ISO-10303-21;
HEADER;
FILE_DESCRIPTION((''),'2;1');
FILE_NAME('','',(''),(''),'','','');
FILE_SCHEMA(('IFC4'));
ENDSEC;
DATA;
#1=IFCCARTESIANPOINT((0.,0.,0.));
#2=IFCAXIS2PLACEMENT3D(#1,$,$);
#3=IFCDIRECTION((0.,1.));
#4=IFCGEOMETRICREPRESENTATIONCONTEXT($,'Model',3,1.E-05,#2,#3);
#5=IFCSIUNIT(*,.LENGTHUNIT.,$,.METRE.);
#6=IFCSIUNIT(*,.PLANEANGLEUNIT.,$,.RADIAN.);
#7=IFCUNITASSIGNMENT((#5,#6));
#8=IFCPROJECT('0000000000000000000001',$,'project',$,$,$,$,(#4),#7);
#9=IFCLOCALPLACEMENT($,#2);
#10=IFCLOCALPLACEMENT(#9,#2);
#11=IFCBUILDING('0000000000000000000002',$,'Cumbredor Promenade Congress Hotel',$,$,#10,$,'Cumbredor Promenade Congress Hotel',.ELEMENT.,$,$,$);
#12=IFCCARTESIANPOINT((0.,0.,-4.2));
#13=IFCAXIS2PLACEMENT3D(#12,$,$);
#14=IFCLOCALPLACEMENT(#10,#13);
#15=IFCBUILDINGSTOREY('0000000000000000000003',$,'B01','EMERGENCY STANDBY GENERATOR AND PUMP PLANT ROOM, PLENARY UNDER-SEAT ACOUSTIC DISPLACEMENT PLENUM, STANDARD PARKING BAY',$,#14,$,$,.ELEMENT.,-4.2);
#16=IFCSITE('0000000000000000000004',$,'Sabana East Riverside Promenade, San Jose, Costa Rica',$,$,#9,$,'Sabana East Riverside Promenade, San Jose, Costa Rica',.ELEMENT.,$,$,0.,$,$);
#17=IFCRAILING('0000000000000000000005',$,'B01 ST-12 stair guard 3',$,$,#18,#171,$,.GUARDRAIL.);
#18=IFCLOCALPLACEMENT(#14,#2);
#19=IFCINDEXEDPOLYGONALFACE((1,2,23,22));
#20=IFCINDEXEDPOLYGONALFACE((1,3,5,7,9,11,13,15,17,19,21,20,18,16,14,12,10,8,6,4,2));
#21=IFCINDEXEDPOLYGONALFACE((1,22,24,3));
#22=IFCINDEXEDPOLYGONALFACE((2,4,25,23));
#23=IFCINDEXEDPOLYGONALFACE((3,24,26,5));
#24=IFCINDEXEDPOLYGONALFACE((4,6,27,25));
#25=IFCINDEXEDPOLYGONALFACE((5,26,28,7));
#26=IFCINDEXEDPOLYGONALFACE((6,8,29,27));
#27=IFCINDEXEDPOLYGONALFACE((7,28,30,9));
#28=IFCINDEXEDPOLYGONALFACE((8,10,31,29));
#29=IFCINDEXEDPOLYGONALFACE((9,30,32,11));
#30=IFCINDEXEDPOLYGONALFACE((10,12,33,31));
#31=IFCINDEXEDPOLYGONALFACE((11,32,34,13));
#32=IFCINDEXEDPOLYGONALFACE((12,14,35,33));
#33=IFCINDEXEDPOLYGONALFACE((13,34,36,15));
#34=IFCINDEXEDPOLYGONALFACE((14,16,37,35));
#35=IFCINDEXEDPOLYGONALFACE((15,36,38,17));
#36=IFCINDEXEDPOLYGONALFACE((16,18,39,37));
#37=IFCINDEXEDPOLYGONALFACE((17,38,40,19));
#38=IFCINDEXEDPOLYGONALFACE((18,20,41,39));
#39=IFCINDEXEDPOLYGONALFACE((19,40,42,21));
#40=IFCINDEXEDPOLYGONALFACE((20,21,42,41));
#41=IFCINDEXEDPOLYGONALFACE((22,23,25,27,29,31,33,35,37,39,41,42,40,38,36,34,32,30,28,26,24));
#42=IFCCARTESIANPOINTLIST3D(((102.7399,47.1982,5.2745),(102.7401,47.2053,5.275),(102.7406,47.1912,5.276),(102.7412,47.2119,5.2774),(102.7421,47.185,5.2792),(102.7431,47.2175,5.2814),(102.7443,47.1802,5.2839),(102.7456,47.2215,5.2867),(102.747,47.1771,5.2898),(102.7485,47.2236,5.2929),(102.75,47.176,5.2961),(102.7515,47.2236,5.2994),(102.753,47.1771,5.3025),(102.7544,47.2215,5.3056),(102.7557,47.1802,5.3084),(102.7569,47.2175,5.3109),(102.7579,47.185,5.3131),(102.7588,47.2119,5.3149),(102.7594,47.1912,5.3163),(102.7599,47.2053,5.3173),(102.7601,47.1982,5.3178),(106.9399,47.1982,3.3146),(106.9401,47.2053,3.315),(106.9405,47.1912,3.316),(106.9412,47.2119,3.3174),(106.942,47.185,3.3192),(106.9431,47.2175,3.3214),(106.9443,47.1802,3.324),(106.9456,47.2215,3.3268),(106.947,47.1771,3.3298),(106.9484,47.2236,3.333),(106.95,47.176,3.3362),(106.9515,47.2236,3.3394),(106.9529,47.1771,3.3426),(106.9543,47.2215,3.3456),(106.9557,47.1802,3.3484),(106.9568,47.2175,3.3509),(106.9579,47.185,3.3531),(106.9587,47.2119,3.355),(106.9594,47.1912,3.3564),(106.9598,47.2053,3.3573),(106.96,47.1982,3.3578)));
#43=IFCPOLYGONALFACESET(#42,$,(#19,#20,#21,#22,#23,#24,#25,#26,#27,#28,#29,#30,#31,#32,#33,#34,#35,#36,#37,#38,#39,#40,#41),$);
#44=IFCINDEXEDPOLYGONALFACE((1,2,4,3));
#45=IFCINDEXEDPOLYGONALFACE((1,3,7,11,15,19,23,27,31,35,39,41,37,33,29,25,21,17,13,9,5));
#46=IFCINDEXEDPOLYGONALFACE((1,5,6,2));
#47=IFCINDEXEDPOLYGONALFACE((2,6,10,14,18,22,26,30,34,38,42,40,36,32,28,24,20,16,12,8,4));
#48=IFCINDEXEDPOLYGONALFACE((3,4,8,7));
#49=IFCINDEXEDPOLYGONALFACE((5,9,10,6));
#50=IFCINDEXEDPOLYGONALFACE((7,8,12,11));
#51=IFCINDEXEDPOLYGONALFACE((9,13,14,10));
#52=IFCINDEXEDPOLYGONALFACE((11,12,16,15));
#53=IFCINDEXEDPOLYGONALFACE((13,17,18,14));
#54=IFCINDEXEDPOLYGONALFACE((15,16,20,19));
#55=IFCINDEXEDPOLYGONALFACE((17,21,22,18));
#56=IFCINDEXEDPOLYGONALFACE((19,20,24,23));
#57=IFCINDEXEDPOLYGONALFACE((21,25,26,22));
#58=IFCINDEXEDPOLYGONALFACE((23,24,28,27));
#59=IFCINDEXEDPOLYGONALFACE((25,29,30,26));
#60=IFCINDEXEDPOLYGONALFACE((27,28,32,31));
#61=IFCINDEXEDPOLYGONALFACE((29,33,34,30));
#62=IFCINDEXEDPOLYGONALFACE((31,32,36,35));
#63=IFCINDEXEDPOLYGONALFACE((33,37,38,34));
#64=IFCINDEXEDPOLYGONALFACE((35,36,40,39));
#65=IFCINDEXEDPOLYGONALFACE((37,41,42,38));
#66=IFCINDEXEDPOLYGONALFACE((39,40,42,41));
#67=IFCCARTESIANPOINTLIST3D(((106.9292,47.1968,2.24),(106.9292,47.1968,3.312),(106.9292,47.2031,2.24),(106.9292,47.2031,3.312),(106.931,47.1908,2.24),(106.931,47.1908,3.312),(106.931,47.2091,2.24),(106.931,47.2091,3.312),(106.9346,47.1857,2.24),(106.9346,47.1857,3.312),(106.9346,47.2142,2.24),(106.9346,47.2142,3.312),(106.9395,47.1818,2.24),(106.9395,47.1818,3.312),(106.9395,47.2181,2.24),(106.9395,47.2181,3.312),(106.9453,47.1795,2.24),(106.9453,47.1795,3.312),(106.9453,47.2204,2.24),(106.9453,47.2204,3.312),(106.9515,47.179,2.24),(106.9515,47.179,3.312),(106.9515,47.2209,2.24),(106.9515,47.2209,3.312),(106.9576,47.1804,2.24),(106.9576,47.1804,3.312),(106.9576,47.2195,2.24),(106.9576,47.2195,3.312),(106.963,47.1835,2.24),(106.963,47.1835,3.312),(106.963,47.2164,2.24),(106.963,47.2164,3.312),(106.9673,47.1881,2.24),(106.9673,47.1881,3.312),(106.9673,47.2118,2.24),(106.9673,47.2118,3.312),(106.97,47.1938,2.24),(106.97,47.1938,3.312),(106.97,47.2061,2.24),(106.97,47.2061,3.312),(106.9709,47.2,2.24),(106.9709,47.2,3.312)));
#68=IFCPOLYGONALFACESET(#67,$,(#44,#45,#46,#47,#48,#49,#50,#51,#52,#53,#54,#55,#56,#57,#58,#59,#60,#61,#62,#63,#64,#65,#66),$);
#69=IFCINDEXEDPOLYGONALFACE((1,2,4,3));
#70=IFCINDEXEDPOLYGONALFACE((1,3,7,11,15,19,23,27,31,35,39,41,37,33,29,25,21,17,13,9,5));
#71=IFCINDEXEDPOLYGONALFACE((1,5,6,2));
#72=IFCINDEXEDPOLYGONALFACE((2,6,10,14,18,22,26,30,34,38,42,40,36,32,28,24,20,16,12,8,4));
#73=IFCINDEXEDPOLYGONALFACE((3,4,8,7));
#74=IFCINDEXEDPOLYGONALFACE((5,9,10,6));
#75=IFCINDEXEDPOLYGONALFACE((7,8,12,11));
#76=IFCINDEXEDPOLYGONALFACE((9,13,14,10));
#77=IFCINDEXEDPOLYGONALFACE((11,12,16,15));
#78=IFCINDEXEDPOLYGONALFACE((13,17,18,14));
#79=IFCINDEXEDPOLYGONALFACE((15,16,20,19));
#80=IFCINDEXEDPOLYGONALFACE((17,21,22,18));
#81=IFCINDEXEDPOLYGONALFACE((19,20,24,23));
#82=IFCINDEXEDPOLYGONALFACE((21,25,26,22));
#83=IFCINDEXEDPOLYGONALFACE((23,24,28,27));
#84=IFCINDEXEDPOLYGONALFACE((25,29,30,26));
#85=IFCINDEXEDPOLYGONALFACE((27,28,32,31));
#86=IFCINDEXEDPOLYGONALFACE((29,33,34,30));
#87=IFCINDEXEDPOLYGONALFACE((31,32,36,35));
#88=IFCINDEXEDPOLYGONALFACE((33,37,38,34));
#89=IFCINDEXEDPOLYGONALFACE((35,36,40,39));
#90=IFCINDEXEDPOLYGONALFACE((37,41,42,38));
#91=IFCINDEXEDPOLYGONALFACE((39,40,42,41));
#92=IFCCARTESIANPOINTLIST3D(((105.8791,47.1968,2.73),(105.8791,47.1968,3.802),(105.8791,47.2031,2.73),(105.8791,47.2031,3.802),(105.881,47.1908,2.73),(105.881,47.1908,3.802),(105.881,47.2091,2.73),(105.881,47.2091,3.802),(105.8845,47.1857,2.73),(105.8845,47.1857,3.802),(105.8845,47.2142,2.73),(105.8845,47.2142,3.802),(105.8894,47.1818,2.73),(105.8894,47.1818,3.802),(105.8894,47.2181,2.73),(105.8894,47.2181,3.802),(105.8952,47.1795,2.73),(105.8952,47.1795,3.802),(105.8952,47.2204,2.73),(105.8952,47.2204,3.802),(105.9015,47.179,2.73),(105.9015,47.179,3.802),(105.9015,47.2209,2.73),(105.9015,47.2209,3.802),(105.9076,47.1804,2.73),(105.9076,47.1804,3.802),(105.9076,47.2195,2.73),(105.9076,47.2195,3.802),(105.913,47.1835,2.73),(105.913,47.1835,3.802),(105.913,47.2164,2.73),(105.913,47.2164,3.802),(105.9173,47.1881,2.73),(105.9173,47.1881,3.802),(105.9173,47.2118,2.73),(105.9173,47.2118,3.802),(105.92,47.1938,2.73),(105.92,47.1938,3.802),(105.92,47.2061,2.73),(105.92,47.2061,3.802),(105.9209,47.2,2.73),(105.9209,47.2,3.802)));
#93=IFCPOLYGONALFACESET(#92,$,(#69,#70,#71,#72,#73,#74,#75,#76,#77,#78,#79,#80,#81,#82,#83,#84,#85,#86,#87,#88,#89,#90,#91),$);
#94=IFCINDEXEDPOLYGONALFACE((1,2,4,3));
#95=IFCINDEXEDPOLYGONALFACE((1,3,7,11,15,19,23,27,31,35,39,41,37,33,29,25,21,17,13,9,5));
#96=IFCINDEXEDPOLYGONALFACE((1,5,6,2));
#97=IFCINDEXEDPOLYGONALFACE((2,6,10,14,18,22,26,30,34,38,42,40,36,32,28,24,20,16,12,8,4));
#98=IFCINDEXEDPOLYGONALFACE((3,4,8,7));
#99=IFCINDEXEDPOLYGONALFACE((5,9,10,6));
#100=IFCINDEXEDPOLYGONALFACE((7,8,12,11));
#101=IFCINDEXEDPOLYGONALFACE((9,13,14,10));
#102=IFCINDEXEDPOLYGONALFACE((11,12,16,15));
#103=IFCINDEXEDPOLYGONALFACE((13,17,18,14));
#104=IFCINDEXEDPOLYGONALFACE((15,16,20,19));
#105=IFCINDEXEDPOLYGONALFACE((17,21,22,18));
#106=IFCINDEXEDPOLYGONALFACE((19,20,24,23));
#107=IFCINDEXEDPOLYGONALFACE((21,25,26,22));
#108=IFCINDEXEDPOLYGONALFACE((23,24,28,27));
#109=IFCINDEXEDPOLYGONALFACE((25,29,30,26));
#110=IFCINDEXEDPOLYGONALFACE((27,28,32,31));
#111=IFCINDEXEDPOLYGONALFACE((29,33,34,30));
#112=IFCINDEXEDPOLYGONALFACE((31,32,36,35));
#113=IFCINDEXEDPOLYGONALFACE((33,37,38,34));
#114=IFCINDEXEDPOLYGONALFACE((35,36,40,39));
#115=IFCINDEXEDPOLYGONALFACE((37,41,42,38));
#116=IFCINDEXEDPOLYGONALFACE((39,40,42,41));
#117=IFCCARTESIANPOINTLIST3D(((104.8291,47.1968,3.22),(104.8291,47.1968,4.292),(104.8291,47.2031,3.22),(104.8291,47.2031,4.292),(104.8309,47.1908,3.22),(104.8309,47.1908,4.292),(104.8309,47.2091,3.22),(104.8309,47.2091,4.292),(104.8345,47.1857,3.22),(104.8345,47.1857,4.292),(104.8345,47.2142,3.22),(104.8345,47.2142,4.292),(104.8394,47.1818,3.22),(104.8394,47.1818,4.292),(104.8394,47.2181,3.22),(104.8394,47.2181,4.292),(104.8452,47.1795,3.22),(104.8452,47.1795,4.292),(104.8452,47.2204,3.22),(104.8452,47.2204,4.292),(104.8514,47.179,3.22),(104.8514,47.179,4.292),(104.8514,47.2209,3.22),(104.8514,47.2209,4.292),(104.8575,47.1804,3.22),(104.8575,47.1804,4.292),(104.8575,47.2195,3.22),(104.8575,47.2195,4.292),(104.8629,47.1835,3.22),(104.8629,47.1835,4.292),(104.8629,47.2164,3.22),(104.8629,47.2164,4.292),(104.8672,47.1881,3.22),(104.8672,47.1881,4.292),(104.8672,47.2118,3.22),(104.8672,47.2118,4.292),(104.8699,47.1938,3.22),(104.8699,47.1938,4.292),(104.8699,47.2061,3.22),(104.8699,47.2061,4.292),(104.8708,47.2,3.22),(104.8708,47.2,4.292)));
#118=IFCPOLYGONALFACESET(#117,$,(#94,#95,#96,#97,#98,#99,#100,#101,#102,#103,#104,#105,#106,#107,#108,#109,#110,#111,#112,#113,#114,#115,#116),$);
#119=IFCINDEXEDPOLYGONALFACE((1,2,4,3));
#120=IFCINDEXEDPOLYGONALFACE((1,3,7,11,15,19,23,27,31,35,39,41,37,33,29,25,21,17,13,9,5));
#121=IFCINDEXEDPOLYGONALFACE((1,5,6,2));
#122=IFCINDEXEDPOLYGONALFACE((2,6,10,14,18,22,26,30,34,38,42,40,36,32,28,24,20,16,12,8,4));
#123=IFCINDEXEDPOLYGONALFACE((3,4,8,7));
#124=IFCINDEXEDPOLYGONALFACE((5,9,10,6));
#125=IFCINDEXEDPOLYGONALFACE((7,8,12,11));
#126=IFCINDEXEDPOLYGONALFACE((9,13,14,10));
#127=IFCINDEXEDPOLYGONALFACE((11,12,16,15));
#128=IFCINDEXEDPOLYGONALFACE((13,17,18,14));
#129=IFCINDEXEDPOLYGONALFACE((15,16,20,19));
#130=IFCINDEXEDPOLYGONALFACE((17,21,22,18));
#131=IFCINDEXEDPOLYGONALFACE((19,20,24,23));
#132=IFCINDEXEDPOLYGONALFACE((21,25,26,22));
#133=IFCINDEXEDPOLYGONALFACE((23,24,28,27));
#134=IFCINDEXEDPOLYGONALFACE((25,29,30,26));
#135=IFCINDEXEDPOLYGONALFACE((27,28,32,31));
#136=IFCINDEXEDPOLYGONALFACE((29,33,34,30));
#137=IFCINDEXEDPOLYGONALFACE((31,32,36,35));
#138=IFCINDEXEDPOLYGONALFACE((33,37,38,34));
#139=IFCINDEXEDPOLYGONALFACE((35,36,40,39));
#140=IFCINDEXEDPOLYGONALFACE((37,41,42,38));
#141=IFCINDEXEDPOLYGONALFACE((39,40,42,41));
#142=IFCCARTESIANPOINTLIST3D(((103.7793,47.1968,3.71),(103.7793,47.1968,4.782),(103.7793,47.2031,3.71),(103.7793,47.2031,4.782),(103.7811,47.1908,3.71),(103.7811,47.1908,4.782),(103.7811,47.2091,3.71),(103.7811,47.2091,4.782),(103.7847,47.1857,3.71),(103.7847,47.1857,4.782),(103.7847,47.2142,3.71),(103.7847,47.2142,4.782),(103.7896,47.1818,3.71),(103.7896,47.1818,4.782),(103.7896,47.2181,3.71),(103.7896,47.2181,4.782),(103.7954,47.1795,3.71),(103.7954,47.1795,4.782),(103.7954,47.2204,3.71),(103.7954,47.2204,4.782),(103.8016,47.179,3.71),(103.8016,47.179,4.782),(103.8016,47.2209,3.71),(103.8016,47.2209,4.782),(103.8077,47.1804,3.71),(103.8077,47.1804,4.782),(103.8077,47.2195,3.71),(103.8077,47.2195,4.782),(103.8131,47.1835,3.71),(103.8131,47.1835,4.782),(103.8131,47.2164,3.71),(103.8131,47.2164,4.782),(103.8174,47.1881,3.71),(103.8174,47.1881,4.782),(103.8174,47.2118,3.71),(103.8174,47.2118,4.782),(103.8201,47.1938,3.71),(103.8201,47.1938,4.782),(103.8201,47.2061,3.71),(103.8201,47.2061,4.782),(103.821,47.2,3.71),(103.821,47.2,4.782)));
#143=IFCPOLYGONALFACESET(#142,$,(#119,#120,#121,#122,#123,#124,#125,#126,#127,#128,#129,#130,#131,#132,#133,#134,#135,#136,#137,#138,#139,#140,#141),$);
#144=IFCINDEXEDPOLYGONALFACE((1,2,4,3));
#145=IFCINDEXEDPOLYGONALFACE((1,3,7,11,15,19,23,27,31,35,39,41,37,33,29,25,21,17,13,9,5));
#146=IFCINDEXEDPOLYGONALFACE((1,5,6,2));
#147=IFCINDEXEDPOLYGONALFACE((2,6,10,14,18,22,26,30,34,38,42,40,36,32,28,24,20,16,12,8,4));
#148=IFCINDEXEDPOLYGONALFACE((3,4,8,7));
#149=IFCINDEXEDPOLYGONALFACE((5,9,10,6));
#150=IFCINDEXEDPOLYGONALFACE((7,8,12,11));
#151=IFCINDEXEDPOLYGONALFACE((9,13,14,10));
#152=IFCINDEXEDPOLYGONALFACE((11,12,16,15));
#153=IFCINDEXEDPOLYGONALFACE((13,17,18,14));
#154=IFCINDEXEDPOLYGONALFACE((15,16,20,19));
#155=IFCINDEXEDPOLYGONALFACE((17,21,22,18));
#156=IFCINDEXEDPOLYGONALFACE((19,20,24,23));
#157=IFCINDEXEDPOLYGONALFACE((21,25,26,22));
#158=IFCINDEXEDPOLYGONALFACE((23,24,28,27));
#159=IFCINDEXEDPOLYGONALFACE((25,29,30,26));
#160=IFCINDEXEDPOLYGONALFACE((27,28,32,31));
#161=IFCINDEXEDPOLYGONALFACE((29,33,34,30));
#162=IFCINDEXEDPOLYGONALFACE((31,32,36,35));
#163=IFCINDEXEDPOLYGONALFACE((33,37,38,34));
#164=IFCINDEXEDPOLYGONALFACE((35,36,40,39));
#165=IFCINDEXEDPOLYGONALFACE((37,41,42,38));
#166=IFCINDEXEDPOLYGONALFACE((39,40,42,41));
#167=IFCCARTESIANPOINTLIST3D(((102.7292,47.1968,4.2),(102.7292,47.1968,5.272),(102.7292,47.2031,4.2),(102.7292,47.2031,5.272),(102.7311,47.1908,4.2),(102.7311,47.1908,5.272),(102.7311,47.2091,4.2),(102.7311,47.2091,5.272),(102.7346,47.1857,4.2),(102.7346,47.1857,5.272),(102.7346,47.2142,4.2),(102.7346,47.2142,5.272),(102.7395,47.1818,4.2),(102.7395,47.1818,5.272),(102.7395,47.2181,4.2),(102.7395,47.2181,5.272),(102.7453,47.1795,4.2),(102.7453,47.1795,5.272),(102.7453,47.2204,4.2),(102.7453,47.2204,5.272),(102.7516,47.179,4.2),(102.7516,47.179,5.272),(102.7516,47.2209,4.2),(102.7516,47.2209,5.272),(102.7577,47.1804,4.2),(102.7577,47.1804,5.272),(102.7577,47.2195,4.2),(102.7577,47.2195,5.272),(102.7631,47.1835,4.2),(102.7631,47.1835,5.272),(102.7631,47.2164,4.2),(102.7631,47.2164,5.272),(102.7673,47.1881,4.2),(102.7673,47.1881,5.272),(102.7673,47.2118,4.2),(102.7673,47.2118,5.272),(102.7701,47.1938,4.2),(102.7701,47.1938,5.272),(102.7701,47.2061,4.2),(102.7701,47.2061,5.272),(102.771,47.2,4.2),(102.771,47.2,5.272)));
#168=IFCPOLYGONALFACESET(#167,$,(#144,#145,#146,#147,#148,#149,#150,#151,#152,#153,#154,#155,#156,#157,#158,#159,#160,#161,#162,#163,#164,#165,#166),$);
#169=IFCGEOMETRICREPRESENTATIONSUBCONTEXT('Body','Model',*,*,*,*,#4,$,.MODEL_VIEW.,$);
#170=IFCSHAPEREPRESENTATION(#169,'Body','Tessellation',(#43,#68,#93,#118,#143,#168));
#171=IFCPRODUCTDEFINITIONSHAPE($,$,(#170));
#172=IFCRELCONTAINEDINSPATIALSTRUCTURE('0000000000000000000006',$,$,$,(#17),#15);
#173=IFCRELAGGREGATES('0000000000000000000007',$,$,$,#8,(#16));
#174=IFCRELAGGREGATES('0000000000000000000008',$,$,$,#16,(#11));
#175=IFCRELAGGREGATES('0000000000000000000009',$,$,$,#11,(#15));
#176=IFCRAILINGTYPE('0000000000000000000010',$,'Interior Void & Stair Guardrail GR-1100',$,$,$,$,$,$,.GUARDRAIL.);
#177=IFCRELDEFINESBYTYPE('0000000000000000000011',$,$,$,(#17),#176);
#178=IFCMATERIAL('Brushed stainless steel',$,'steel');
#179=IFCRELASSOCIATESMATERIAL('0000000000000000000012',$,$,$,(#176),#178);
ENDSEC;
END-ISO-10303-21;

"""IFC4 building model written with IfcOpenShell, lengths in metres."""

from ifc_helpers import new_model, si_unit, direction, frame, origin, origin_2d, place, context, subcontext, project, spatial, circle, extrude, material, type_object, element, save


model = new_model("IFC4")

# Units and contexts
model_context = context("Model", 3, precision=1e-05, world=origin(), true_north=direction((0.0, 1.0)))
body_context = subcontext(model_context, "Body", "Model", "MODEL_VIEW")
ifc_project = project(units=[si_unit("LENGTHUNIT", "METRE"), si_unit("PLANEANGLEUNIT", "RADIAN")], contexts=[model_context])

# Site, building, storey
site_placement = place(None, origin())
site = spatial("IfcSite", under=ifc_project, at=site_placement, Name="Sabana East Riverside Promenade, San Jose, Costa Rica", LongName="Sabana East Riverside Promenade, San Jose, Costa Rica", CompositionType="ELEMENT", RefElevation=0.0)
building_placement = place(site_placement, origin())
building = spatial("IfcBuilding", under=site, at=building_placement, Name="Cumbredor Promenade Congress Hotel", LongName="Cumbredor Promenade Congress Hotel", CompositionType="ELEMENT")
storey_placement = place(building_placement, frame((0.0, 0.0, -4.2)))
storey = spatial("IfcBuildingStorey", under=building, at=storey_placement, Name="B01", Description="EMERGENCY STANDBY GENERATOR AND PUMP PLANT ROOM, PLENARY UNDER-SEAT ACOUSTIC DISPLACEMENT PLENUM, STANDARD PARKING BAY", CompositionType="ELEMENT", Elevation=-4.2)

# Railing
ifc_material_1 = material(Name="Brushed stainless steel", Category="steel")
railing_type_1 = type_object("IfcRailingType", Name="Interior Void & Stair Guardrail GR-1100", PredefinedType="GUARDRAIL", material=ifc_material_1)
railing_1_placement = place(storey_placement, frame((106.95, 47.2, 2.24)))
element("IfcRailing", 1, at=railing_1_placement, inside=storey, type_object=railing_type_1, Name="B01 ST-12 stair guard 3", PredefinedType="GUARDRAIL", context=body_context, shape_type="SweptSolid", body=[
    extrude(circle(Radius=0.0239, at=origin_2d()), frame((0.0, 0.0, 1.0962), z_axis=(-0.906184, 0.0, 0.422883), x_axis=(0.0, -1.0, 0.0)), (0.0, 0.0, 1.0), 4.6348),
    extrude(circle(Radius=0.021, at=origin_2d()), origin(), (0.0, 0.0, 1.0), 1.072),
    extrude(circle(Radius=0.021, at=origin_2d()), frame((-1.05, 0.0, 0.49)), (0.0, 0.0, 1.0), 1.072),
    extrude(circle(Radius=0.021, at=origin_2d()), frame((-2.1001, 0.0, 0.98)), (0.0, 0.0, 1.0), 1.072),
    extrude(circle(Radius=0.021, at=origin_2d()), frame((-3.1499, 0.0, 1.47)), (0.0, 0.0, 1.0), 1.072),
    extrude(circle(Radius=0.021, at=origin_2d()), frame((-4.2, 0.0, 1.96)), (0.0, 0.0, 1.0), 1.072),
])

save(model, "model.ifc")
